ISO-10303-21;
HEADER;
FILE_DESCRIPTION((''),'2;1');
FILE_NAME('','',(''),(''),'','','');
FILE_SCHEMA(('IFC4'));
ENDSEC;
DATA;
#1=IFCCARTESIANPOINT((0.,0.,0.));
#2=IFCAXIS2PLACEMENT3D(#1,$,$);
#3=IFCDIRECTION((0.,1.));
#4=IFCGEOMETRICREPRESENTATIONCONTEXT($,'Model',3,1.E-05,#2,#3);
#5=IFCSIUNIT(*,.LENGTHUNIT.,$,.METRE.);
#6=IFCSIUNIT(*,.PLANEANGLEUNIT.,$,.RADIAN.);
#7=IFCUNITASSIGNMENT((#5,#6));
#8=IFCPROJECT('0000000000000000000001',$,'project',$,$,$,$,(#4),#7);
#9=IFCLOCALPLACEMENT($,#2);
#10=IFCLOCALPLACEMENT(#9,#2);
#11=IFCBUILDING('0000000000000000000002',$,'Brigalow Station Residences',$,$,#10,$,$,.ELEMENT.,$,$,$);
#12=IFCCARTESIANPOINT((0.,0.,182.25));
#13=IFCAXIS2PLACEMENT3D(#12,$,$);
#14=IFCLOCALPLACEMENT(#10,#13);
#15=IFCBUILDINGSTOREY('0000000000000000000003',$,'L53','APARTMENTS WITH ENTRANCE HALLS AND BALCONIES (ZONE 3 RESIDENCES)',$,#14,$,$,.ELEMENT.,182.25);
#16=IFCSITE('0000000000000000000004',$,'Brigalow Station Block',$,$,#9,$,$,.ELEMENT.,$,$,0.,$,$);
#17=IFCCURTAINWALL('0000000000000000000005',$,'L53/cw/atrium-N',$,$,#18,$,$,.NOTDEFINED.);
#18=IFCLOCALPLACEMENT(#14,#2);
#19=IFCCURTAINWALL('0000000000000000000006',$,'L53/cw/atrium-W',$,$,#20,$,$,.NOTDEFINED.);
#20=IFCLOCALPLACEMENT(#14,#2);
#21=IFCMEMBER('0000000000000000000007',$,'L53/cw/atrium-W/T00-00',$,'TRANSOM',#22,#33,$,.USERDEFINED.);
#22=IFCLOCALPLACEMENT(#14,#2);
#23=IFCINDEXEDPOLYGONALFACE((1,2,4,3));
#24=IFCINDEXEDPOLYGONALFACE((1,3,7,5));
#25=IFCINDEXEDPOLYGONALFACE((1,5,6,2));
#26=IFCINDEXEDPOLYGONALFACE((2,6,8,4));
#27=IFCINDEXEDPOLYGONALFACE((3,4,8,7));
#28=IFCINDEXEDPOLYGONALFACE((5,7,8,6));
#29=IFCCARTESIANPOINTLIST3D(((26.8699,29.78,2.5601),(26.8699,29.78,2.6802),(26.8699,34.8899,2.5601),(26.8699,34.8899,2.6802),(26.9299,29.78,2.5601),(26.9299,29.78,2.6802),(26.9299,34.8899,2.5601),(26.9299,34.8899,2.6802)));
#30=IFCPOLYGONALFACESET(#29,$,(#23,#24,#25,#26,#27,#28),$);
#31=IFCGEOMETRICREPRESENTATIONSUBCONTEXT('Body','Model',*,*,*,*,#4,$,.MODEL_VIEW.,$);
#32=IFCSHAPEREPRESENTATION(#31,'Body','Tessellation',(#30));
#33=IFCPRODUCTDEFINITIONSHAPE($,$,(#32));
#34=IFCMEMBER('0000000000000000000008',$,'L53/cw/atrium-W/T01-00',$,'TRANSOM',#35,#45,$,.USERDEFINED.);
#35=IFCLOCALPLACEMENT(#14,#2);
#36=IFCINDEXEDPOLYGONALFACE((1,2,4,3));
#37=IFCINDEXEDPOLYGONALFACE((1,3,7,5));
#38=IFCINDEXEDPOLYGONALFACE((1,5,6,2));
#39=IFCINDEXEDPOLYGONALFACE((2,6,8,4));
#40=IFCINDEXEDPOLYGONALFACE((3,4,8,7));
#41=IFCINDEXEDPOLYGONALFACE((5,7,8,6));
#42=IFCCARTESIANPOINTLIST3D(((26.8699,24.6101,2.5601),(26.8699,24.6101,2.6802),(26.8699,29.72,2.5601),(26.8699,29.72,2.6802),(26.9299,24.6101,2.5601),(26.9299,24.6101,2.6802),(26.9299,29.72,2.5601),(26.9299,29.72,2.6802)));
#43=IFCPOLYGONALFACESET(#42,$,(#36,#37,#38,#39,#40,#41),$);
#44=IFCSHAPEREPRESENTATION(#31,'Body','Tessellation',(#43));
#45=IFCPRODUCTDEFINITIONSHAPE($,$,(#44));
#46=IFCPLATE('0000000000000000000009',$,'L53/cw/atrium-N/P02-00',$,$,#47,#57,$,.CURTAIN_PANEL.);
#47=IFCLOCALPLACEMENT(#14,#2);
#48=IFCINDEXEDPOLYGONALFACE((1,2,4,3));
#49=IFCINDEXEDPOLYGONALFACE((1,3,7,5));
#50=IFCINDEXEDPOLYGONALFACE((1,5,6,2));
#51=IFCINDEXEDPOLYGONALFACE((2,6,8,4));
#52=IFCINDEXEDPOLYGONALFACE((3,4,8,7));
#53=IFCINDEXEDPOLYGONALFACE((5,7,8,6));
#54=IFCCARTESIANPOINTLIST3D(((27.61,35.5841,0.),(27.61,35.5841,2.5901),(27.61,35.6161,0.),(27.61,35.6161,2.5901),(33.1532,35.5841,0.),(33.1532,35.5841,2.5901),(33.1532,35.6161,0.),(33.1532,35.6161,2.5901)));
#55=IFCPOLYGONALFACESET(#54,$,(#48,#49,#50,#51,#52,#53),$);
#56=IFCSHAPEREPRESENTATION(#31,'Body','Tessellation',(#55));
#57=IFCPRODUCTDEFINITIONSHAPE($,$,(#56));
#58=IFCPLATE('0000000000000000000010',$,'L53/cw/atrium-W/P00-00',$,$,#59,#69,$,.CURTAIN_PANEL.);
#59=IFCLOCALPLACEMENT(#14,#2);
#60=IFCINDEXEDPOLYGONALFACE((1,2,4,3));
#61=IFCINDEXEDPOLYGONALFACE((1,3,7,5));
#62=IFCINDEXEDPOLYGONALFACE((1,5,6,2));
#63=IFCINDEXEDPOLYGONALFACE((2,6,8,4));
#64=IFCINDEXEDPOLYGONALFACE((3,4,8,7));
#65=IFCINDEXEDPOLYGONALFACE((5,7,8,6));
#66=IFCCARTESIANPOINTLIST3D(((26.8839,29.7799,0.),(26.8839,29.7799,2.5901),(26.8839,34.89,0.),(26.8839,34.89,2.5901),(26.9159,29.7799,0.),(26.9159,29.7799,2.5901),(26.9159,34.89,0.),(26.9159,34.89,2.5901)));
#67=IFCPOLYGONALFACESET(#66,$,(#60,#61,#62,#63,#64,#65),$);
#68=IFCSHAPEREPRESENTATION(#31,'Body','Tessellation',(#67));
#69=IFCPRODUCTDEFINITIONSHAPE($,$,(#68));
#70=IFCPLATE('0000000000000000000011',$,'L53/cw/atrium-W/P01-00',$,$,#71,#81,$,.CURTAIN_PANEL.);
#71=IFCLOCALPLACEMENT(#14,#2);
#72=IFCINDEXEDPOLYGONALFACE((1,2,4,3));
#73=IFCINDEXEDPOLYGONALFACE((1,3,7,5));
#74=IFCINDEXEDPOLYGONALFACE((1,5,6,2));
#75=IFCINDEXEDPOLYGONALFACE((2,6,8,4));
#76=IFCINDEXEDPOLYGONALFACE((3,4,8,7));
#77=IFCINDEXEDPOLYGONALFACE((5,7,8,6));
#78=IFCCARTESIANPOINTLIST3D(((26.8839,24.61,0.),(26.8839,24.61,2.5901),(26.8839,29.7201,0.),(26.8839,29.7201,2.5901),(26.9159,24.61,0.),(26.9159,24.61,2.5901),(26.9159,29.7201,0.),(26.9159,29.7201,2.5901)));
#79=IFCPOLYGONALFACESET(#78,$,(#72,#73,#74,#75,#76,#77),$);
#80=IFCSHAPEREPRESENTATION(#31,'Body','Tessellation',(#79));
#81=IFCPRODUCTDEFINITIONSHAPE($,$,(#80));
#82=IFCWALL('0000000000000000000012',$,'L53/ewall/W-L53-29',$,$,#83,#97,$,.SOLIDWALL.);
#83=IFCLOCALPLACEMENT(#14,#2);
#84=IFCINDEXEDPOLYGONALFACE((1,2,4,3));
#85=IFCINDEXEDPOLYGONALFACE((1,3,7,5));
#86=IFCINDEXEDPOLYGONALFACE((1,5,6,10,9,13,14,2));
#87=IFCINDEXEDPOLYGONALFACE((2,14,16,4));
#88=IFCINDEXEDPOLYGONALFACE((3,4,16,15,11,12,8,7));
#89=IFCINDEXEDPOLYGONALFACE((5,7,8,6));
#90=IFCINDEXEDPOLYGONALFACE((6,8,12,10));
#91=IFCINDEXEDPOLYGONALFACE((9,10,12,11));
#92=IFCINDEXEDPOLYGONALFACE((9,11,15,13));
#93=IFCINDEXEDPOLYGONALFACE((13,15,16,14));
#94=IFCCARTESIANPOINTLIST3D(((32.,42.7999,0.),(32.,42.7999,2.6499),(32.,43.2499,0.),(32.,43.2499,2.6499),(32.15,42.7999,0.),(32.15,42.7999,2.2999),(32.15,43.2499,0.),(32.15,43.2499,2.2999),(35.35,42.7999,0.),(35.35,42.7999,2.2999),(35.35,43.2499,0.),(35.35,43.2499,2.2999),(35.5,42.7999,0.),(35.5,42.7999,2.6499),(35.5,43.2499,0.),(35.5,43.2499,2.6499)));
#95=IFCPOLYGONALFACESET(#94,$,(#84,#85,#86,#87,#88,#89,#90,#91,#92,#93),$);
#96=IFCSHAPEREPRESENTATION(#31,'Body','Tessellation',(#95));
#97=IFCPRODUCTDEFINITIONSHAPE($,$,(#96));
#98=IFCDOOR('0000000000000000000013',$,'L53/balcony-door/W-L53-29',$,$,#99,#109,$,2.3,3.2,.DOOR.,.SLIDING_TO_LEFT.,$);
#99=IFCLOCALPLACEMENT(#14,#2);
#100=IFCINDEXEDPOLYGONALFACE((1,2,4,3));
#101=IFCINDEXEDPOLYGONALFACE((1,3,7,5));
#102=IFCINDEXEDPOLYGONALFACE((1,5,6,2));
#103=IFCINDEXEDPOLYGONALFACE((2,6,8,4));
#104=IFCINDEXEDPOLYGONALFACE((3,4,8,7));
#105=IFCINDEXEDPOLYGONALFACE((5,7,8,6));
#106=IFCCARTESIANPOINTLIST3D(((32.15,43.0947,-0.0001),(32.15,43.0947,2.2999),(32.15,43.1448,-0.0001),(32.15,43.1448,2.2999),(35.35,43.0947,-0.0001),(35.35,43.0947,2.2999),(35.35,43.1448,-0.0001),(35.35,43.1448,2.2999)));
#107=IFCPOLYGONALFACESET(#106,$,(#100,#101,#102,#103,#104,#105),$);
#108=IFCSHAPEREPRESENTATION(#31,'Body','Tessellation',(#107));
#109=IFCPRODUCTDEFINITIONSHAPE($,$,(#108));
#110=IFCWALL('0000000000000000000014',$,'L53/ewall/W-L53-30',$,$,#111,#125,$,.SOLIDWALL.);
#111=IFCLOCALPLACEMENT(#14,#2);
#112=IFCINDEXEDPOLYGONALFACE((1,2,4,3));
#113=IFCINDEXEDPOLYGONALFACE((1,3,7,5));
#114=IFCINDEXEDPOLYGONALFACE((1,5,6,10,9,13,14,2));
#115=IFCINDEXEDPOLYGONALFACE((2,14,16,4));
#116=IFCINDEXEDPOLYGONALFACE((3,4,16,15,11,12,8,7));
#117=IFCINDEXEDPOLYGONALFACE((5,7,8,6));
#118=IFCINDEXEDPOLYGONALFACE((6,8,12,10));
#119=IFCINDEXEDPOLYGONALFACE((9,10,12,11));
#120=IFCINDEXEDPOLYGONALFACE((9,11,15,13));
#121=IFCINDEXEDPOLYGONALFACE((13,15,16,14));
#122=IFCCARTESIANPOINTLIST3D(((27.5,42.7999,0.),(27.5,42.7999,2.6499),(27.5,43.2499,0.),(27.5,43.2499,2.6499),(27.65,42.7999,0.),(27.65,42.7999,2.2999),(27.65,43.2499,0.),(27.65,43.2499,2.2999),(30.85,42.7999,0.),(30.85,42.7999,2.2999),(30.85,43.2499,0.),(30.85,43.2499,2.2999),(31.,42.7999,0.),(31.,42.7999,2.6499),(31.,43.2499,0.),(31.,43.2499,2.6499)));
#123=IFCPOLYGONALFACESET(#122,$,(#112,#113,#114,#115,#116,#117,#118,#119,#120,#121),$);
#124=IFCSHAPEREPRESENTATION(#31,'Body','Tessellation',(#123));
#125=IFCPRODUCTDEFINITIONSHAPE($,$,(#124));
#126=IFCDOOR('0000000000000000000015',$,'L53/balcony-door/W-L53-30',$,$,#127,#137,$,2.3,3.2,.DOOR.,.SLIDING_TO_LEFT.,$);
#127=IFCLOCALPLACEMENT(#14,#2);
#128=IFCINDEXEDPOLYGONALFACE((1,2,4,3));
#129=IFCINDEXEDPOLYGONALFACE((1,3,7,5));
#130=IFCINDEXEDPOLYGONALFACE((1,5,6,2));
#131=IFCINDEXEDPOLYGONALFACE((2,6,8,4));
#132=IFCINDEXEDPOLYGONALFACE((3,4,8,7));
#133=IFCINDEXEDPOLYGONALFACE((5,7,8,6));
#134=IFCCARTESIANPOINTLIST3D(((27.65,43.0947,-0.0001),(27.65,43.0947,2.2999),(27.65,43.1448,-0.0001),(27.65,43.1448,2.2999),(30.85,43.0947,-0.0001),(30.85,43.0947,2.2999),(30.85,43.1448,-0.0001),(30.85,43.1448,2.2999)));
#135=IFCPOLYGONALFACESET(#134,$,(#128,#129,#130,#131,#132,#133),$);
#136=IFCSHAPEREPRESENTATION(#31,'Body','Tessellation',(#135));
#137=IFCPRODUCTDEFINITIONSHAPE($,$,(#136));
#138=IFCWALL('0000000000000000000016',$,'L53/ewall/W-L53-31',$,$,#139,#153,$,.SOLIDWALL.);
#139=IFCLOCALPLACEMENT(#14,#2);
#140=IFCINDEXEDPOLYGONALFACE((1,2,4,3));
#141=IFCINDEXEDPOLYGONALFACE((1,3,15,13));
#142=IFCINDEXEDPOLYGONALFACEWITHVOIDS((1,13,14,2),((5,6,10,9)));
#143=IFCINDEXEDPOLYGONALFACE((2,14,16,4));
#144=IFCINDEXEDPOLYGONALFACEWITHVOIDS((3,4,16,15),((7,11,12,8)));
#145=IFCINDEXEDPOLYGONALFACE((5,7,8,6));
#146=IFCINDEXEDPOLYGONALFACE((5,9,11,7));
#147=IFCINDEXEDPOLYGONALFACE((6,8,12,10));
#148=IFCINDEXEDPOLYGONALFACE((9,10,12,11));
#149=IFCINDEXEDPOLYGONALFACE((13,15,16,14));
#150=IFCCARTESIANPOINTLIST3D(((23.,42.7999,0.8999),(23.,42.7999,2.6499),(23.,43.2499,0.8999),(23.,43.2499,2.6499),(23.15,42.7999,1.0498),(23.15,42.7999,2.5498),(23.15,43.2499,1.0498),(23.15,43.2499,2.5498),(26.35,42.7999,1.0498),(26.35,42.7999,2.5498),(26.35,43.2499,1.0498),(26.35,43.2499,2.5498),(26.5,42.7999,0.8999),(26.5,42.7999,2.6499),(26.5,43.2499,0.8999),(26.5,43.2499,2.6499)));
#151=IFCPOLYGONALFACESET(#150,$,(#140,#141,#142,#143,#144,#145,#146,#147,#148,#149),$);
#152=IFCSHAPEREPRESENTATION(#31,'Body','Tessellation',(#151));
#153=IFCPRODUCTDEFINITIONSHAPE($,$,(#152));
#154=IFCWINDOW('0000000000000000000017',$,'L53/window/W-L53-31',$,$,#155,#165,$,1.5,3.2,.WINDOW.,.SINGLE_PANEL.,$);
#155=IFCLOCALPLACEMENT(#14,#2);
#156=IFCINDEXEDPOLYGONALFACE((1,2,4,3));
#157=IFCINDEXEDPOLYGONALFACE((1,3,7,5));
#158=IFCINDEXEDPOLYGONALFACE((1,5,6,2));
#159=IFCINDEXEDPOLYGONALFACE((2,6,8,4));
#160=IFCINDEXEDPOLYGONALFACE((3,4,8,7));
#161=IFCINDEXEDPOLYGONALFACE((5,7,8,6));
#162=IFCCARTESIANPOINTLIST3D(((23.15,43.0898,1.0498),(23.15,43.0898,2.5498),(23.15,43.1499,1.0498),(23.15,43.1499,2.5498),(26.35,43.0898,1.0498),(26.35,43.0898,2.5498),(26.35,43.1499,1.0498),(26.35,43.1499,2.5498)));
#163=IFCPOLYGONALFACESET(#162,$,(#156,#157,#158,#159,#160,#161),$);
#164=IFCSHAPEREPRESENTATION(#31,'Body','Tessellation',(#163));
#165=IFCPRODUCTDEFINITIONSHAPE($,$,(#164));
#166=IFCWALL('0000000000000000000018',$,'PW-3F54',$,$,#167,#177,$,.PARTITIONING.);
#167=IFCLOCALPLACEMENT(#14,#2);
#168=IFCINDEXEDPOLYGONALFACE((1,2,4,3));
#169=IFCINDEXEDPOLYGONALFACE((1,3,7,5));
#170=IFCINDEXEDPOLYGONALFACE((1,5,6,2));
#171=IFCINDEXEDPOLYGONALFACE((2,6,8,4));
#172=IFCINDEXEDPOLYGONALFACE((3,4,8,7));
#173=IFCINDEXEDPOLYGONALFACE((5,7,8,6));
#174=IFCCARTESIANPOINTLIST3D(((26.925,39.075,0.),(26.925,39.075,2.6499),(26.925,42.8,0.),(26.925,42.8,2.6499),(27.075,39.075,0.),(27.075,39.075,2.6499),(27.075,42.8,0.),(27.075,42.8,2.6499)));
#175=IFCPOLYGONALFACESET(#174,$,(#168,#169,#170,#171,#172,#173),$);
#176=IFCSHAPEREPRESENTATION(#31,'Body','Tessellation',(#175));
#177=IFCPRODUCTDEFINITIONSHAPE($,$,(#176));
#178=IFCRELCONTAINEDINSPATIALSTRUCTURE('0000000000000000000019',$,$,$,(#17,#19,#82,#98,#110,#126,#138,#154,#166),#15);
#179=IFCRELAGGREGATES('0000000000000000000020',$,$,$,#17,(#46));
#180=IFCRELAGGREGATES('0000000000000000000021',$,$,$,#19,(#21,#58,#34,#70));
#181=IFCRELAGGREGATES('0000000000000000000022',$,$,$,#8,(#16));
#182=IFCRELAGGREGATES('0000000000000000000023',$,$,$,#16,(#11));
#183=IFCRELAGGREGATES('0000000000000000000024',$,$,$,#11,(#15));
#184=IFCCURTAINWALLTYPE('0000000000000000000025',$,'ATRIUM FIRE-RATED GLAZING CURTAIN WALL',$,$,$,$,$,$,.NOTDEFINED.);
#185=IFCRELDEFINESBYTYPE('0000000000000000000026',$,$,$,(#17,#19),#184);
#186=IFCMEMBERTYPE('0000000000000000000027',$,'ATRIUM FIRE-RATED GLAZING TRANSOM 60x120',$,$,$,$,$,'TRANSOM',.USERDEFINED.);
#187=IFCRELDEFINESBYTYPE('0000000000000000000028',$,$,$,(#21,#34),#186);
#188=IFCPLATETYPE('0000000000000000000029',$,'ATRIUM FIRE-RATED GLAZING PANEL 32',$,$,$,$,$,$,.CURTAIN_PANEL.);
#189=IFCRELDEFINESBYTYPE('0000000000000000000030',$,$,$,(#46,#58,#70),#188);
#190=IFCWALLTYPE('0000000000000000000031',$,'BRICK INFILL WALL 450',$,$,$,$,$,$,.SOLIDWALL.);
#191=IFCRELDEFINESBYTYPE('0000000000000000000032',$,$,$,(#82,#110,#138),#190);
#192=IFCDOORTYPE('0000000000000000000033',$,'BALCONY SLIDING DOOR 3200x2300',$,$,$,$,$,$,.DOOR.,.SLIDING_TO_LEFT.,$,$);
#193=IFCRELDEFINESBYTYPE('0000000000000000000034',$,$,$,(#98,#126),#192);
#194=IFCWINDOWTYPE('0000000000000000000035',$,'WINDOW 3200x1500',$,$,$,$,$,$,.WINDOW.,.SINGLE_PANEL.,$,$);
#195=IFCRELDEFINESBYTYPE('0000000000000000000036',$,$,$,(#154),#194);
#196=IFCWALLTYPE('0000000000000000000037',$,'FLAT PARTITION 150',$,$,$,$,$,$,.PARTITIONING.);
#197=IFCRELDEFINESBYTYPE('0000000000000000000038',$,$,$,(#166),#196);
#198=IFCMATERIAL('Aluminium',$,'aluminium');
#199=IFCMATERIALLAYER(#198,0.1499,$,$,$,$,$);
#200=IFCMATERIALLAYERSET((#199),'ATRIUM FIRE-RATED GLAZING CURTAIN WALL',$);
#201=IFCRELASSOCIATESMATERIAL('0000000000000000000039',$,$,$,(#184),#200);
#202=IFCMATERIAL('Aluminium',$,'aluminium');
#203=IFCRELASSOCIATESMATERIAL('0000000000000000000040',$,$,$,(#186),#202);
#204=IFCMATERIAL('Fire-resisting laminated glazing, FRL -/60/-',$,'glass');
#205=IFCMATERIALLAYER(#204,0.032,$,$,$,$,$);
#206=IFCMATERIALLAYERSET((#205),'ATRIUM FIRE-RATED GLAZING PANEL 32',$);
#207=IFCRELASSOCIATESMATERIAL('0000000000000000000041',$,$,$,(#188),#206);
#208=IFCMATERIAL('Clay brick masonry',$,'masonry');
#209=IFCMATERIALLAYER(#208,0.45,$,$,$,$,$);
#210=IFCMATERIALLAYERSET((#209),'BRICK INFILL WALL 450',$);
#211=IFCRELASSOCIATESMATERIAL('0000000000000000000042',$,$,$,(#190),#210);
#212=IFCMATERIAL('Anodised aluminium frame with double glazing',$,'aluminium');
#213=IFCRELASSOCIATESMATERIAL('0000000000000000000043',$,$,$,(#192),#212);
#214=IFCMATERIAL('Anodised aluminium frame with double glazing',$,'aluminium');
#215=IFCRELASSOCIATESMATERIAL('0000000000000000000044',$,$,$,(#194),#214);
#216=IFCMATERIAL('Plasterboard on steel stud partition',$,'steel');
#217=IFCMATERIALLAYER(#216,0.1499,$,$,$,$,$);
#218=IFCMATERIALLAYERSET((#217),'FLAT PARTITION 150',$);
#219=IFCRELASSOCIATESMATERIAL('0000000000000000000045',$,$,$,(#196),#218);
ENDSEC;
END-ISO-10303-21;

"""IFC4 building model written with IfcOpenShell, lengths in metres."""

from ifc_helpers import new_model, si_unit, direction, frame, frame_2d, origin, origin_2d, place, context, subcontext, project, spatial, rectangle, extrude, material, layer, layer_set, material_profile, profile_set, type_object, element, fill, aggregate, save


model = new_model("IFC4")

# Units and contexts
model_context = context("Model", 3, precision=1e-05, world=origin(), true_north=direction((0.0, 1.0)))
body_context = subcontext(model_context, "Body", "Model", "MODEL_VIEW")
ifc_project = project(units=[si_unit("LENGTHUNIT", "METRE"), si_unit("PLANEANGLEUNIT", "RADIAN")], contexts=[model_context])

# Site, building, storey
site_placement = place(None, origin())
site = spatial("IfcSite", under=ifc_project, at=site_placement, Name="Brigalow Station Block", CompositionType="ELEMENT", RefElevation=0.0)
building_placement = place(site_placement, origin())
building = spatial("IfcBuilding", under=site, at=building_placement, Name="Brigalow Station Residences", CompositionType="ELEMENT")
storey_placement = place(building_placement, frame((0.0, 0.0, 182.25)))
storey = spatial("IfcBuildingStorey", under=building, at=storey_placement, Name="L53", Description="APARTMENTS WITH ENTRANCE HALLS AND BALCONIES (ZONE 3 RESIDENCES)", CompositionType="ELEMENT", Elevation=182.25)

# Curtain walls
ifc_material_1 = material(Name="Aluminium", Category="aluminium")
ifc_layer_1 = layer(ifc_material_1, 0.1499)
ifc_layer_set_1 = layer_set([ifc_layer_1], Name="ATRIUM FIRE-RATED GLAZING CURTAIN WALL")
curtain_wall_type = type_object("IfcCurtainWallType", Name="ATRIUM FIRE-RATED GLAZING CURTAIN WALL", PredefinedType="NOTDEFINED", material=ifc_layer_set_1)
curtain_wall_1_placement = place(storey_placement, origin())
curtain_wall_1 = element("IfcCurtainWall", 1, at=curtain_wall_1_placement, inside=storey, type_object=curtain_wall_type, Name="L53/cw/atrium-N", PredefinedType="NOTDEFINED")
curtain_wall_2_placement = place(storey_placement, origin())
curtain_wall_2 = element("IfcCurtainWall", 2, at=curtain_wall_2_placement, inside=storey, type_object=curtain_wall_type, Name="L53/cw/atrium-W", PredefinedType="NOTDEFINED")

# Shared definitions
ifc_material_2 = material(Name="Aluminium", Category="aluminium")
ifc_material_profile_1 = material_profile(ifc_material_2, rectangle(XDim=0.0601, YDim=0.1201, at=origin_2d()), Name="ATRIUM FIRE-RATED GLAZING TRANSOM 60x120")
ifc_profile_set_1 = profile_set([ifc_material_profile_1], Name="Aluminium")
member_type_1 = type_object("IfcMemberType", Name="ATRIUM FIRE-RATED GLAZING TRANSOM 60x120", ElementType="TRANSOM", PredefinedType="USERDEFINED", material=ifc_profile_set_1)

# Members
member_1_placement = place(storey_placement, frame((26.8999, 34.8899, 2.6201), z_axis=(0.0, -1.0, 0.0), x_axis=(1.0, 0.0, 0.0)))
member_1 = element("IfcMember", 3, at=member_1_placement, type_object=member_type_1, Name="L53/cw/atrium-W/T00-00", ObjectType="TRANSOM", PredefinedType="USERDEFINED", context=body_context, shape_type="SweptSolid", body=[
    extrude(rectangle(XDim=0.0601, YDim=0.1201, at=origin_2d()), origin(), (0.0, 0.0, 1.0), 5.1099),
])
member_2_placement = place(storey_placement, frame((26.8999, 29.72, 2.6201), z_axis=(0.0, -1.0, 0.0), x_axis=(1.0, 0.0, 0.0)))
member_2 = element("IfcMember", 4, at=member_2_placement, type_object=member_type_1, Name="L53/cw/atrium-W/T01-00", ObjectType="TRANSOM", PredefinedType="USERDEFINED", context=body_context, shape_type="SweptSolid", body=[
    extrude(rectangle(XDim=0.0601, YDim=0.1201, at=origin_2d()), origin(), (0.0, 0.0, 1.0), 5.1099),
])

# Plates
ifc_material_3 = material(Name="Fire-resisting laminated glazing, FRL -/60/-", Category="glass")
ifc_layer_2 = layer(ifc_material_3, 0.032)
ifc_layer_set_2 = layer_set([ifc_layer_2], Name="ATRIUM FIRE-RATED GLAZING PANEL 32")
plate_type = type_object("IfcPlateType", Name="ATRIUM FIRE-RATED GLAZING PANEL 32", PredefinedType="CURTAIN_PANEL", material=ifc_layer_set_2)
plate_1_placement = place(storey_placement, frame((30.3816, 35.6001, 0.0), z_axis=(0.0, 0.0, 1.0), x_axis=(-1.0, 0.0, 0.0)))
plate_1 = element("IfcPlate", 5, at=plate_1_placement, type_object=plate_type, Name="L53/cw/atrium-N/P02-00", PredefinedType="CURTAIN_PANEL", context=body_context, shape_type="SweptSolid", body=[
    extrude(rectangle(XDim=5.5432, YDim=0.032, at=origin_2d()), origin(), (0.0, 0.0, 1.0), 2.5901),
])
aggregate(curtain_wall_1, [plate_1])
plate_2_placement = place(storey_placement, frame((26.8999, 32.335, 0.0), z_axis=(0.0, 0.0, 1.0), x_axis=(0.0, -1.0, 0.0)))
plate_2 = element("IfcPlate", 6, at=plate_2_placement, type_object=plate_type, Name="L53/cw/atrium-W/P00-00", PredefinedType="CURTAIN_PANEL", context=body_context, shape_type="SweptSolid", body=[
    extrude(rectangle(XDim=5.1101, YDim=0.032, at=origin_2d()), origin(), (0.0, 0.0, 1.0), 2.5901),
])
plate_3_placement = place(storey_placement, frame((26.8999, 27.165, 0.0), z_axis=(0.0, 0.0, 1.0), x_axis=(0.0, -1.0, 0.0)))
plate_3 = element("IfcPlate", 7, at=plate_3_placement, type_object=plate_type, Name="L53/cw/atrium-W/P01-00", PredefinedType="CURTAIN_PANEL", context=body_context, shape_type="SweptSolid", body=[
    extrude(rectangle(XDim=5.1101, YDim=0.032, at=origin_2d()), origin(), (0.0, 0.0, 1.0), 2.5901),
])
aggregate(curtain_wall_2, [member_1, plate_2, member_2, plate_3])

# Walls, openings, doors
ifc_material_4 = material(Name="Clay brick masonry", Category="masonry")
ifc_layer_3 = layer(ifc_material_4, 0.45)
ifc_layer_set_3 = layer_set([ifc_layer_3], Name="BRICK INFILL WALL 450")
wall_type_1 = type_object("IfcWallType", Name="BRICK INFILL WALL 450", PredefinedType="SOLIDWALL", material=ifc_layer_set_3)
wall_1_placement = place(storey_placement, frame((35.5, 43.0249, 0.0), z_axis=(0.0, 0.0, 1.0), x_axis=(-1.0, 0.0, 0.0)))
wall_1 = element("IfcWall", 8, at=wall_1_placement, inside=storey, type_object=wall_type_1, Name="L53/ewall/W-L53-29", PredefinedType="SOLIDWALL", context=body_context, shape_type="SweptSolid", body=[
    extrude(rectangle(XDim=3.5, YDim=0.45, at=frame_2d((1.75, 0.0))), origin(), (0.0, 0.0, 1.0), 2.6499),
])
opening_1_placement = place(wall_1_placement, frame((0.1499, 0.0, 0.0)))
opening_1 = element("IfcOpeningElement", 9, at=opening_1_placement, cuts=wall_1, PredefinedType="OPENING", context=body_context, shape_type="SweptSolid", body=[
    extrude(rectangle(XDim=3.2, YDim=2.3, at=frame_2d((1.6001, 1.1499))), frame((0.0, 0.2349, 0.0), z_axis=(0.0, -1.0, 0.0), x_axis=(1.0, 0.0, 0.0)), (0.0, 0.0, 1.0), 0.47),
])
ifc_material_5 = material(Name="Anodised aluminium frame with double glazing", Category="aluminium")
door_type = type_object("IfcDoorType", Name="BALCONY SLIDING DOOR 3200x2300", OperationType="SLIDING_TO_LEFT", PredefinedType="DOOR", material=ifc_material_5)
door_1_placement = place(opening_1_placement, origin())
door_1 = element("IfcDoor", 10, at=door_1_placement, inside=storey, type_object=door_type, Name="L53/balcony-door/W-L53-29", OperationType="SLIDING_TO_LEFT", OverallHeight=2.3, OverallWidth=3.2, PredefinedType="DOOR", context=body_context, shape_type="SweptSolid", body=[
    extrude(rectangle(XDim=3.2, YDim=2.3, at=frame_2d((1.6001, 1.1499))), frame((0.0, -0.0698, 0.0), z_axis=(0.0, -1.0, 0.0), x_axis=(1.0, 0.0, 0.0)), (0.0, 0.0, 1.0), 0.05),
])
fill(opening_1, door_1)
wall_2_placement = place(storey_placement, frame((31.0, 43.0249, 0.0), z_axis=(0.0, 0.0, 1.0), x_axis=(-1.0, 0.0, 0.0)))
wall_2 = element("IfcWall", 11, at=wall_2_placement, inside=storey, type_object=wall_type_1, Name="L53/ewall/W-L53-30", PredefinedType="SOLIDWALL", context=body_context, shape_type="SweptSolid", body=[
    extrude(rectangle(XDim=3.5, YDim=0.45, at=frame_2d((1.75, 0.0))), origin(), (0.0, 0.0, 1.0), 2.6499),
])
opening_2_placement = place(wall_2_placement, frame((0.1499, 0.0, 0.0)))
opening_2 = element("IfcOpeningElement", 12, at=opening_2_placement, cuts=wall_2, PredefinedType="OPENING", context=body_context, shape_type="SweptSolid", body=[
    extrude(rectangle(XDim=3.2, YDim=2.3, at=frame_2d((1.6001, 1.1499))), frame((0.0, 0.2349, 0.0), z_axis=(0.0, -1.0, 0.0), x_axis=(1.0, 0.0, 0.0)), (0.0, 0.0, 1.0), 0.47),
])
door_2_placement = place(opening_2_placement, origin())
door_2 = element("IfcDoor", 13, at=door_2_placement, inside=storey, type_object=door_type, Name="L53/balcony-door/W-L53-30", OperationType="SLIDING_TO_LEFT", OverallHeight=2.3, OverallWidth=3.2, PredefinedType="DOOR", context=body_context, shape_type="SweptSolid", body=[
    extrude(rectangle(XDim=3.2, YDim=2.3, at=frame_2d((1.6001, 1.1499))), frame((0.0, -0.0698, 0.0), z_axis=(0.0, -1.0, 0.0), x_axis=(1.0, 0.0, 0.0)), (0.0, 0.0, 1.0), 0.05),
])
fill(opening_2, door_2)

# Wall, opening, window
wall_3_placement = place(storey_placement, frame((26.5, 43.0249, 0.8999), z_axis=(0.0, 0.0, 1.0), x_axis=(-1.0, 0.0, 0.0)))
wall_3 = element("IfcWall", 14, at=wall_3_placement, inside=storey, type_object=wall_type_1, Name="L53/ewall/W-L53-31", PredefinedType="SOLIDWALL", context=body_context, shape_type="SweptSolid", body=[
    extrude(rectangle(XDim=3.5, YDim=0.45, at=frame_2d((1.75, 0.0))), origin(), (0.0, 0.0, 1.0), 1.75),
])
opening_3_placement = place(wall_3_placement, frame((0.1499, 0.0, 0.1499)))
opening_3 = element("IfcOpeningElement", 15, at=opening_3_placement, cuts=wall_3, PredefinedType="OPENING", context=body_context, shape_type="SweptSolid", body=[
    extrude(rectangle(XDim=3.2, YDim=1.5, at=frame_2d((1.6001, 0.75))), frame((0.0, 0.2349, 0.0), z_axis=(0.0, -1.0, 0.0), x_axis=(1.0, 0.0, 0.0)), (0.0, 0.0, 1.0), 0.47),
])
ifc_material_6 = material(Name="Anodised aluminium frame with double glazing", Category="aluminium")
window_type = type_object("IfcWindowType", Name="WINDOW 3200x1500", PartitioningType="SINGLE_PANEL", PredefinedType="WINDOW", material=ifc_material_6)
window_placement = place(opening_3_placement, origin())
window = element("IfcWindow", 16, at=window_placement, inside=storey, type_object=window_type, Name="L53/window/W-L53-31", OverallHeight=1.5, OverallWidth=3.2, PartitioningType="SINGLE_PANEL", PredefinedType="WINDOW", context=body_context, shape_type="SweptSolid", body=[
    extrude(rectangle(XDim=3.2, YDim=1.5, at=frame_2d((1.6001, 0.75))), frame((0.0, -0.0649, 0.0), z_axis=(0.0, -1.0, 0.0), x_axis=(1.0, 0.0, 0.0)), (0.0, 0.0, 1.0), 0.0601),
])
fill(opening_3, window)

# Wall
ifc_material_7 = material(Name="Plasterboard on steel stud partition", Category="steel")
ifc_layer_4 = layer(ifc_material_7, 0.1499)
ifc_layer_set_4 = layer_set([ifc_layer_4], Name="FLAT PARTITION 150")
wall_type_2 = type_object("IfcWallType", Name="FLAT PARTITION 150", PredefinedType="PARTITIONING", material=ifc_layer_set_4)
wall_4_placement = place(storey_placement, frame((27.0, 39.075, 0.0), z_axis=(0.0, 0.0, 1.0), x_axis=(0.0, 1.0, 0.0)))
element("IfcWall", 17, at=wall_4_placement, inside=storey, type_object=wall_type_2, Name="PW-3F54", PredefinedType="PARTITIONING", context=body_context, shape_type="SweptSolid", body=[
    extrude(rectangle(XDim=3.7251, YDim=0.1499, at=frame_2d((1.8625, 0.0))), origin(), (0.0, 0.0, 1.0), 2.6499),
])

save(model, "model.ifc")
